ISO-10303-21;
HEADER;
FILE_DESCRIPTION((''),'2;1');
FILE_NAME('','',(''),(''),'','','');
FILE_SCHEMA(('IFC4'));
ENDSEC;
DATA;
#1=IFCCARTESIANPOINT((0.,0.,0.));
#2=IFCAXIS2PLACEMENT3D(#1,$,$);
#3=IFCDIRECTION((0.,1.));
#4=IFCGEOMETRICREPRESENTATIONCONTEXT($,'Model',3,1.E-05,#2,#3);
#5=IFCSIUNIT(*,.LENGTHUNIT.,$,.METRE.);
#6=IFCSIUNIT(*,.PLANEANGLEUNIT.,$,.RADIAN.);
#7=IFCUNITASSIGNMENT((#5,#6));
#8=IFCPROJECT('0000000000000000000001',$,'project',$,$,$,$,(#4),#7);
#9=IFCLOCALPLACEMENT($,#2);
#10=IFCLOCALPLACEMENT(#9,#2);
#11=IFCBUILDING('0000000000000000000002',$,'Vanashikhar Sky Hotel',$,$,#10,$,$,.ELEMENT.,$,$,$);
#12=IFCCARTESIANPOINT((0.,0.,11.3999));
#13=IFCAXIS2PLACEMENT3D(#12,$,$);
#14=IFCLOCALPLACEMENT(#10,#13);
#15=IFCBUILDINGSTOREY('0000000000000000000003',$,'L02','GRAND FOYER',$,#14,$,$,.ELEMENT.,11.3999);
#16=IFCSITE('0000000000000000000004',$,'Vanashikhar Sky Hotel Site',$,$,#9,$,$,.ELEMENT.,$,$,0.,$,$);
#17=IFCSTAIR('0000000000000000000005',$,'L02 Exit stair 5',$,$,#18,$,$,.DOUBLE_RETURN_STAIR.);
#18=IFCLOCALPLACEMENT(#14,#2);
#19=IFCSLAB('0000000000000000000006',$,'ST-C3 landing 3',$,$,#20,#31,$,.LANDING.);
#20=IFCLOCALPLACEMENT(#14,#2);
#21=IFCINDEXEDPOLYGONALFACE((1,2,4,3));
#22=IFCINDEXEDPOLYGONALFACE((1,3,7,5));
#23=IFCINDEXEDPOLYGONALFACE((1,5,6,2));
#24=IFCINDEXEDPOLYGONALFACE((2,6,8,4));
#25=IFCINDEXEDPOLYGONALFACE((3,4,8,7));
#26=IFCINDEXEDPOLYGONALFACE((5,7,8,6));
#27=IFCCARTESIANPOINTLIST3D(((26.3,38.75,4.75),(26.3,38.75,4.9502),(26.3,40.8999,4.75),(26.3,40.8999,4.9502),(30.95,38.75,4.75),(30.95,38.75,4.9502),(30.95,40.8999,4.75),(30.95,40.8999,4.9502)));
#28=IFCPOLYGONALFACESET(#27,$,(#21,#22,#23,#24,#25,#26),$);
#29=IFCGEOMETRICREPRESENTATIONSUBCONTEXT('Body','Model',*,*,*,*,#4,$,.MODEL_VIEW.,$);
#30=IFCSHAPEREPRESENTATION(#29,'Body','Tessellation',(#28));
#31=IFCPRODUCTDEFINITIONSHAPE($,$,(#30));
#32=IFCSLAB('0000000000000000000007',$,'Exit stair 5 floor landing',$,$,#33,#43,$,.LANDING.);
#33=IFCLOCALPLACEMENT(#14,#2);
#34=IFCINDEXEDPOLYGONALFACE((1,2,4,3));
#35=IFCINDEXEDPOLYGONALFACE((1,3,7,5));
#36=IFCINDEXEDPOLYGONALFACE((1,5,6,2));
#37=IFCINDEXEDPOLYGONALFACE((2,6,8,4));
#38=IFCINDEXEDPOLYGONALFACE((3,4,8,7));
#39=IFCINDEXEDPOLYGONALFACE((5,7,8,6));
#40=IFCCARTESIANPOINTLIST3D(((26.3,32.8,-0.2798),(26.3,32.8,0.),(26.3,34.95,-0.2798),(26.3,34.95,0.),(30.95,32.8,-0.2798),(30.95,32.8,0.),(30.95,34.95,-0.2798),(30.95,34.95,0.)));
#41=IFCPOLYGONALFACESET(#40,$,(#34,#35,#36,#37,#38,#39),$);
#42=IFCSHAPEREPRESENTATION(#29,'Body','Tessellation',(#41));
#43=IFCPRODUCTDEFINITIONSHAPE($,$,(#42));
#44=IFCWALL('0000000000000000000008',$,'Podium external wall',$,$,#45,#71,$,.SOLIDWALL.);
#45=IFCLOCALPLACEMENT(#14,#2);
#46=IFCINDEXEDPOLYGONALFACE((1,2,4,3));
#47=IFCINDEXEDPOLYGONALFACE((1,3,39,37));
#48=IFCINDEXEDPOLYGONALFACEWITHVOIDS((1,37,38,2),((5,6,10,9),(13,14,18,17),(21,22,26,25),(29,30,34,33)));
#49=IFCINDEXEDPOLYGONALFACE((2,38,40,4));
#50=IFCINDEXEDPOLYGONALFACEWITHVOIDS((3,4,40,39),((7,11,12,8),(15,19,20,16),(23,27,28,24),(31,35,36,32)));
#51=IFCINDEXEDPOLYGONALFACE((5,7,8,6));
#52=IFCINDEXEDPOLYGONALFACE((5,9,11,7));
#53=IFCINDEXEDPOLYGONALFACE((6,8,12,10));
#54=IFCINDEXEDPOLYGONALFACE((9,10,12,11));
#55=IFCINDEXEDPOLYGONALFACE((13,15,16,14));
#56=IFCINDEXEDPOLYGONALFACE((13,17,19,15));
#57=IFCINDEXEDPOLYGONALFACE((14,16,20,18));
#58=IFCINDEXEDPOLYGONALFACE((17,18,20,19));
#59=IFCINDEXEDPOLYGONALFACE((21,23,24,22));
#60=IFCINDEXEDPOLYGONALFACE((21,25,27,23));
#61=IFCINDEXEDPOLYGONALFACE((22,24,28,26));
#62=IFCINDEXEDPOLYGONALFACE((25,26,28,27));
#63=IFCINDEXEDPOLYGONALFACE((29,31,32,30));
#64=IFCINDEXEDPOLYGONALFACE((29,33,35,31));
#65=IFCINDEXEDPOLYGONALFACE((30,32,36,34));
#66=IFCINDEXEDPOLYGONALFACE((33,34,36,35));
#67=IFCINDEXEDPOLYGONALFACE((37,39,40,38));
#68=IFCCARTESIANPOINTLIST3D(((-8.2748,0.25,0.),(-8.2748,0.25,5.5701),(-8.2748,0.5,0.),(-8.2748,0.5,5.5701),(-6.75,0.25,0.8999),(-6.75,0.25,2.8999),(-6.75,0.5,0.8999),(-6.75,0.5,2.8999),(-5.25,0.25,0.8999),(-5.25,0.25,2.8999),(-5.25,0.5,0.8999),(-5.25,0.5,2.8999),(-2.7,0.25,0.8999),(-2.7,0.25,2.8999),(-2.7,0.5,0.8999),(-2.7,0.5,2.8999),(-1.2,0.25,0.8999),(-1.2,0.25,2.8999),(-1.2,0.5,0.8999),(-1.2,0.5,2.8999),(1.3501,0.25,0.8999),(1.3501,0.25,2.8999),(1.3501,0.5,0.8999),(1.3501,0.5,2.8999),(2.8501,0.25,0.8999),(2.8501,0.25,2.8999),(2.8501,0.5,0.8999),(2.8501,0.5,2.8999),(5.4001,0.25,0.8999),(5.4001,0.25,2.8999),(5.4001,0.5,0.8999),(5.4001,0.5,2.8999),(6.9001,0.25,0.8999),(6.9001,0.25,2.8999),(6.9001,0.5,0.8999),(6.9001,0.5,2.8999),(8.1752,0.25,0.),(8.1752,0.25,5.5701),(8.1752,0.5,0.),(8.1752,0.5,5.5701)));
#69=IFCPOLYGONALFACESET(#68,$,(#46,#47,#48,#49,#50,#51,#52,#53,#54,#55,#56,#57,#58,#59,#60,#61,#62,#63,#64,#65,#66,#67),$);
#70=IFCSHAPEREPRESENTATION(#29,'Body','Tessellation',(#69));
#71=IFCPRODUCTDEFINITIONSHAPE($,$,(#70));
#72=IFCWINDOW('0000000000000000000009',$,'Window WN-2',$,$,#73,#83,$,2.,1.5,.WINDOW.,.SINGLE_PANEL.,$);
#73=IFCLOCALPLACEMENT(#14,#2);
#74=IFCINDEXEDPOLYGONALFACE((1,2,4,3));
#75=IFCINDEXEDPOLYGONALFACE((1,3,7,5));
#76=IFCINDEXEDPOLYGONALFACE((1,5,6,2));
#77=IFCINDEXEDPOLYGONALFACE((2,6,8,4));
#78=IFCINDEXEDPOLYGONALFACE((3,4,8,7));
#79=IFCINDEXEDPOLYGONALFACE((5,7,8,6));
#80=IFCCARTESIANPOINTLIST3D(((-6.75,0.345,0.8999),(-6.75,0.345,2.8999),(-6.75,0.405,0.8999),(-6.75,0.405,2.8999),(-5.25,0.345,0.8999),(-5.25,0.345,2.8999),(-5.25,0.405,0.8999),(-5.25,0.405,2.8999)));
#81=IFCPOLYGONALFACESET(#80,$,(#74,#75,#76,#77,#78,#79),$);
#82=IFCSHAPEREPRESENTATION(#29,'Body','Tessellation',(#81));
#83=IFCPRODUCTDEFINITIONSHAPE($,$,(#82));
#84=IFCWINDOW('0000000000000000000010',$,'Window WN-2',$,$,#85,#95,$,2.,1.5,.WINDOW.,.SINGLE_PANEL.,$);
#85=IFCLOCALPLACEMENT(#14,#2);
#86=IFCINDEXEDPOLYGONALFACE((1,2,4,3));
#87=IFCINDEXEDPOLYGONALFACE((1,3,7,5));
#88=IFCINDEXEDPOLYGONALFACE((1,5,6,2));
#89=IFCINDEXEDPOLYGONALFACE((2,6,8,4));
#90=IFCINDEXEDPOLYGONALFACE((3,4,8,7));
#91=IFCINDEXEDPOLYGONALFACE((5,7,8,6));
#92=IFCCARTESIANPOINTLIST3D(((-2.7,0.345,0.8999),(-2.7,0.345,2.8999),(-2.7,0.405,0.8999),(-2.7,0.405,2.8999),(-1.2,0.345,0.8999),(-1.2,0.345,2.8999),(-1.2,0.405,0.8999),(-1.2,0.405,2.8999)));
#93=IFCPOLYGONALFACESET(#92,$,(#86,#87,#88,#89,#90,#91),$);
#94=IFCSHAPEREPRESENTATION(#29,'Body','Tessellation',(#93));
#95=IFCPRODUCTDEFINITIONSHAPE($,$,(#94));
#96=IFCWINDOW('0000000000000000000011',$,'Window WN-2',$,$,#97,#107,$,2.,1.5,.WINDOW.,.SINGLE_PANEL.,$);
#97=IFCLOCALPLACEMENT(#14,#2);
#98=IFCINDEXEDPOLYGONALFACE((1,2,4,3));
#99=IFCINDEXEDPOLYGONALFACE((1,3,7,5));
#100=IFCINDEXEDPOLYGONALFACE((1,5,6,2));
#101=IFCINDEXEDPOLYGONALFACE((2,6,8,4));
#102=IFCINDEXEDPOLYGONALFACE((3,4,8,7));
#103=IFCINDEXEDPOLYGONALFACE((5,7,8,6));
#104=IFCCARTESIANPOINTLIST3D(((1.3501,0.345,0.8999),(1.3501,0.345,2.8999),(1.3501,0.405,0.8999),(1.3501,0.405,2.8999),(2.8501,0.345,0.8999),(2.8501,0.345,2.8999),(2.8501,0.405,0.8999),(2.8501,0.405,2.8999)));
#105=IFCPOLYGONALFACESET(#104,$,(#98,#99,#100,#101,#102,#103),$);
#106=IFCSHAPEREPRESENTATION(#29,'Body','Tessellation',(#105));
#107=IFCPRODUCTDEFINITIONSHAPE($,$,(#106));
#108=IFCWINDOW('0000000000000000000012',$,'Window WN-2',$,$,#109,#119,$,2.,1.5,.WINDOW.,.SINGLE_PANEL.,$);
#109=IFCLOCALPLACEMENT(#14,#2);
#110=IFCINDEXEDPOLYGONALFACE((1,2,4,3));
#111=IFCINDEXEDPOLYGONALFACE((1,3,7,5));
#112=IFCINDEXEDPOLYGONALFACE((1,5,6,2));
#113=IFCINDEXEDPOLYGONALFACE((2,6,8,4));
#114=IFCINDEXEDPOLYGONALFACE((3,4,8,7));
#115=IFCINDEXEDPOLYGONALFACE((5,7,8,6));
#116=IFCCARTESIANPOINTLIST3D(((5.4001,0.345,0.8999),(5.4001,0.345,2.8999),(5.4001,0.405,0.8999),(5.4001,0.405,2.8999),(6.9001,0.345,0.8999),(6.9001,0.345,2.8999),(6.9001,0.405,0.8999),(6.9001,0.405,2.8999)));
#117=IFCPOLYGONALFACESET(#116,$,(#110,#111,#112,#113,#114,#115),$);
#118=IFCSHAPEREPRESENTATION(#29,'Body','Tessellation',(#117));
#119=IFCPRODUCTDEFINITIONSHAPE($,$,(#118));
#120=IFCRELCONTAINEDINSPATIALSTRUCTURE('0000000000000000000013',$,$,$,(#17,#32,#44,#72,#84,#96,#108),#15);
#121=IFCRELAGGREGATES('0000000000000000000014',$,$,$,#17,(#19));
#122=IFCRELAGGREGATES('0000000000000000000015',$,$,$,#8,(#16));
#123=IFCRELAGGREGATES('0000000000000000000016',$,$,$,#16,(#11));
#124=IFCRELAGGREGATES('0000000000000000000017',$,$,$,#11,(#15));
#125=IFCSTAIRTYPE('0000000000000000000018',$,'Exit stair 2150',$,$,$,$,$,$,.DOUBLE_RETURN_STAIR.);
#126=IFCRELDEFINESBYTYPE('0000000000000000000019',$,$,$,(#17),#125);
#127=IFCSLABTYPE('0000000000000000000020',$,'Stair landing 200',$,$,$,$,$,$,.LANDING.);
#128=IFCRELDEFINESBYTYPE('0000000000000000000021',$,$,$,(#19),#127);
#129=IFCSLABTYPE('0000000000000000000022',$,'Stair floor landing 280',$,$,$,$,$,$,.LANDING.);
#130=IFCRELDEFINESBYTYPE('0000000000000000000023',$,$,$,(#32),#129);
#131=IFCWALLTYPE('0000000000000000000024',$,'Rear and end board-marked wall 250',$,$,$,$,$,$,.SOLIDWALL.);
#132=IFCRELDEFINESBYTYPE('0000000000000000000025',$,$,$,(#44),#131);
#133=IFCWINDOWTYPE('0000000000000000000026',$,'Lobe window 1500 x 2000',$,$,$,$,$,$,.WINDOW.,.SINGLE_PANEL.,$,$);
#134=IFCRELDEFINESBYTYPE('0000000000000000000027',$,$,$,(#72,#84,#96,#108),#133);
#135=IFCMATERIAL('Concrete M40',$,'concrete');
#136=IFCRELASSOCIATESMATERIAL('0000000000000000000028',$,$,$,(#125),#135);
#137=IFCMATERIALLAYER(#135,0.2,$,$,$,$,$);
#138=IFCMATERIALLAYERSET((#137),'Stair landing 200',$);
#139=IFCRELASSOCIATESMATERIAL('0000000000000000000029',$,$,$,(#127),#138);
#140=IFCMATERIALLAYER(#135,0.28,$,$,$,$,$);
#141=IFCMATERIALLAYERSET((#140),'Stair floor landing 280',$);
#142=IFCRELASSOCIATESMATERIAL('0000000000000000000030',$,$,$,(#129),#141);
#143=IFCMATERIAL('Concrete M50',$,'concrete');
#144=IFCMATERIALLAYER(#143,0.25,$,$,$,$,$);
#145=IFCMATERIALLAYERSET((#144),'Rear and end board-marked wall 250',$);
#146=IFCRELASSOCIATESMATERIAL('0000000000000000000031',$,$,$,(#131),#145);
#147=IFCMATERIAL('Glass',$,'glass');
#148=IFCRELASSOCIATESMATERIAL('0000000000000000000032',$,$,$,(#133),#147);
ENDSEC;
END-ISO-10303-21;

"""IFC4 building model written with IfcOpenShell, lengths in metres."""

from ifc_helpers import new_model, si_unit, direction, frame, frame_2d, origin, place, context, subcontext, project, spatial, polyline, rectangle, outline, extrude, source, transform, mapped, material, layer, layer_set, type_object, element, fill, aggregate, save


model = new_model("IFC4")

# Units and contexts
model_context = context("Model", 3, precision=1e-05, world=origin(), true_north=direction((0.0, 1.0)))
body_context = subcontext(model_context, "Body", "Model", "MODEL_VIEW")
ifc_project = project(units=[si_unit("LENGTHUNIT", "METRE"), si_unit("PLANEANGLEUNIT", "RADIAN")], contexts=[model_context])

# Site, building, storey
site_placement = place(None, origin())
site = spatial("IfcSite", under=ifc_project, at=site_placement, Name="Vanashikhar Sky Hotel Site", CompositionType="ELEMENT", RefElevation=0.0)
building_placement = place(site_placement, origin())
building = spatial("IfcBuilding", under=site, at=building_placement, Name="Vanashikhar Sky Hotel", CompositionType="ELEMENT")
storey_placement = place(building_placement, frame((0.0, 0.0, 11.3999)))
storey = spatial("IfcBuildingStorey", under=building, at=storey_placement, Name="L02", Description="GRAND FOYER", CompositionType="ELEMENT", Elevation=11.3999)

# Shared definitions
ifc_material_1 = material(Name="Concrete M40", Category="concrete")

# Shared definitions
stair_type = type_object("IfcStairType", Name="Exit stair 2150", PredefinedType="DOUBLE_RETURN_STAIR", material=ifc_material_1)
ifc_layer_1 = layer(ifc_material_1, 0.2)
ifc_layer_set_1 = layer_set([ifc_layer_1], Name="Stair landing 200")
slab_type_1 = type_object("IfcSlabType", Name="Stair landing 200", PredefinedType="LANDING", material=ifc_layer_set_1)

# Shared definitions
ifc_layer_2 = layer(ifc_material_1, 0.28)
ifc_layer_set_2 = layer_set([ifc_layer_2], Name="Stair floor landing 280")
slab_type_2 = type_object("IfcSlabType", Name="Stair floor landing 280", PredefinedType="LANDING", material=ifc_layer_set_2)

# Stair, slab
stair_1_placement = place(storey_placement, origin())
stair_1 = element("IfcStair", 1, at=stair_1_placement, inside=storey, type_object=stair_type, Name="L02 Exit stair 5", PredefinedType="DOUBLE_RETURN_STAIR")
shared_shape_1 = source(origin(), body_context, "Body", "SweptSolid", [
    extrude(outline(polyline([(30.95, 38.75), (30.95, 40.8999), (26.3, 40.8999), (26.3, 38.75), (30.95, 38.75)])), origin(), (0.0, 0.0, 1.0), 0.2002),
])
slab_1_placement = place(storey_placement, frame((0.0, 0.0, 4.75)))
slab_1 = element("IfcSlab", 2, at=slab_1_placement, type_object=slab_type_1, Name="ST-C3 landing 3", PredefinedType="LANDING", context=body_context, shape_type="MappedRepresentation", body=[
    mapped(shared_shape_1, transform((0.0, 0.0, 0.0), scale=1.0)),
])
aggregate(stair_1, [slab_1])

# Slab
shared_shape_2 = source(origin(), body_context, "Body", "SweptSolid", [
    extrude(outline(polyline([(30.95, 32.8), (30.95, 34.95), (26.3, 34.95), (26.3, 32.8), (30.95, 32.8)])), origin(), (0.0, 0.0, 1.0), 0.2798),
])
slab_2_placement = place(storey_placement, frame((0.0, 0.0, -0.2798)))
element("IfcSlab", 3, at=slab_2_placement, inside=storey, type_object=slab_type_2, Name="Exit stair 5 floor landing", PredefinedType="LANDING", context=body_context, shape_type="MappedRepresentation", body=[
    mapped(shared_shape_2, transform((0.0, 0.0, 0.0), scale=1.0)),
])

# Wall, openings, windows
ifc_material_2 = material(Name="Concrete M50", Category="concrete")
ifc_layer_3 = layer(ifc_material_2, 0.25)
ifc_layer_set_3 = layer_set([ifc_layer_3], Name="Rear and end board-marked wall 250")
wall_type = type_object("IfcWallType", Name="Rear and end board-marked wall 250", PredefinedType="SOLIDWALL", material=ifc_layer_set_3)
shared_shape_3 = source(origin(), body_context, "Body", "SweptSolid", [
    extrude(rectangle(XDim=16.45, YDim=0.25, at=frame_2d((8.2251, 0.0))), origin(), (0.0, 0.0, 1.0), 5.5701),
])
wall_placement = place(storey_placement, frame((-8.2749, 0.375, 0.0), z_axis=(0.0, 0.0, 1.0), x_axis=(1.0, 0.0, 0.0)))
wall = element("IfcWall", 4, at=wall_placement, inside=storey, type_object=wall_type, Name="Podium external wall", PredefinedType="SOLIDWALL", context=body_context, shape_type="MappedRepresentation", body=[
    mapped(shared_shape_3, transform((0.0, 0.0, 0.0), scale=1.0)),
])
shared_shape_4 = source(origin(), body_context, "Body", "SweptSolid", [
    extrude(rectangle(XDim=1.5, YDim=2.0, at=frame_2d((0.75, 1.0))), frame((0.0, 0.135, 0.0), z_axis=(0.0, -1.0, 0.0), x_axis=(1.0, 0.0, 0.0)), (0.0, 0.0, 1.0), 0.27),
])
opening_1_placement = place(wall_placement, frame((1.5249, 0.0, 0.8999)))
opening_1 = element("IfcOpeningElement", 5, at=opening_1_placement, cuts=wall, PredefinedType="OPENING", context=body_context, shape_type="MappedRepresentation", body=[
    mapped(shared_shape_4, transform((0.0, 0.0, 0.0), scale=1.0)),
])
opening_2_placement = place(wall_placement, frame((5.575, 0.0, 0.8999)))
opening_2 = element("IfcOpeningElement", 6, at=opening_2_placement, cuts=wall, PredefinedType="OPENING", context=body_context, shape_type="MappedRepresentation", body=[
    mapped(shared_shape_4, transform((0.0, 0.0, 0.0), scale=1.0)),
])
opening_3_placement = place(wall_placement, frame((9.625, 0.0, 0.8999)))
opening_3 = element("IfcOpeningElement", 7, at=opening_3_placement, cuts=wall, PredefinedType="OPENING", context=body_context, shape_type="MappedRepresentation", body=[
    mapped(shared_shape_4, transform((0.0, 0.0, 0.0), scale=1.0)),
])
opening_4_placement = place(wall_placement, frame((13.675, 0.0, 0.8999)))
opening_4 = element("IfcOpeningElement", 8, at=opening_4_placement, cuts=wall, PredefinedType="OPENING", context=body_context, shape_type="MappedRepresentation", body=[
    mapped(shared_shape_4, transform((0.0, 0.0, 0.0), scale=1.0)),
])
ifc_material_3 = material(Name="Glass", Category="glass")
window_type = type_object("IfcWindowType", Name="Lobe window 1500 x 2000", PartitioningType="SINGLE_PANEL", PredefinedType="WINDOW", material=ifc_material_3)
shared_shape_5 = source(origin(), body_context, "Body", "SweptSolid", [
    extrude(rectangle(XDim=1.5, YDim=2.0, at=frame_2d((0.75, 1.0))), frame((0.0, 0.03, 0.0), z_axis=(0.0, -1.0, 0.0), x_axis=(1.0, 0.0, 0.0)), (0.0, 0.0, 1.0), 0.0601),
])
window_1_placement = place(opening_1_placement, origin())
window_1 = element("IfcWindow", 9, at=window_1_placement, inside=storey, type_object=window_type, Name="Window WN-2", OverallHeight=2.0, OverallWidth=1.5, PartitioningType="SINGLE_PANEL", PredefinedType="WINDOW", context=body_context, shape_type="MappedRepresentation", body=[
    mapped(shared_shape_5, transform((0.0, 0.0, 0.0), scale=1.0)),
])
fill(opening_1, window_1)
window_2_placement = place(opening_2_placement, origin())
window_2 = element("IfcWindow", 10, at=window_2_placement, inside=storey, type_object=window_type, Name="Window WN-2", OverallHeight=2.0, OverallWidth=1.5, PartitioningType="SINGLE_PANEL", PredefinedType="WINDOW", context=body_context, shape_type="MappedRepresentation", body=[
    mapped(shared_shape_5, transform((0.0, 0.0, 0.0), scale=1.0)),
])
fill(opening_2, window_2)
window_3_placement = place(opening_3_placement, origin())
window_3 = element("IfcWindow", 11, at=window_3_placement, inside=storey, type_object=window_type, Name="Window WN-2", OverallHeight=2.0, OverallWidth=1.5, PartitioningType="SINGLE_PANEL", PredefinedType="WINDOW", context=body_context, shape_type="MappedRepresentation", body=[
    mapped(shared_shape_5, transform((0.0, 0.0, 0.0), scale=1.0)),
])
fill(opening_3, window_3)
window_4_placement = place(opening_4_placement, origin())
window_4 = element("IfcWindow", 12, at=window_4_placement, inside=storey, type_object=window_type, Name="Window WN-2", OverallHeight=2.0, OverallWidth=1.5, PartitioningType="SINGLE_PANEL", PredefinedType="WINDOW", context=body_context, shape_type="MappedRepresentation", body=[
    mapped(shared_shape_5, transform((0.0, 0.0, 0.0), scale=1.0)),
])
fill(opening_4, window_4)

save(model, "model.ifc")
